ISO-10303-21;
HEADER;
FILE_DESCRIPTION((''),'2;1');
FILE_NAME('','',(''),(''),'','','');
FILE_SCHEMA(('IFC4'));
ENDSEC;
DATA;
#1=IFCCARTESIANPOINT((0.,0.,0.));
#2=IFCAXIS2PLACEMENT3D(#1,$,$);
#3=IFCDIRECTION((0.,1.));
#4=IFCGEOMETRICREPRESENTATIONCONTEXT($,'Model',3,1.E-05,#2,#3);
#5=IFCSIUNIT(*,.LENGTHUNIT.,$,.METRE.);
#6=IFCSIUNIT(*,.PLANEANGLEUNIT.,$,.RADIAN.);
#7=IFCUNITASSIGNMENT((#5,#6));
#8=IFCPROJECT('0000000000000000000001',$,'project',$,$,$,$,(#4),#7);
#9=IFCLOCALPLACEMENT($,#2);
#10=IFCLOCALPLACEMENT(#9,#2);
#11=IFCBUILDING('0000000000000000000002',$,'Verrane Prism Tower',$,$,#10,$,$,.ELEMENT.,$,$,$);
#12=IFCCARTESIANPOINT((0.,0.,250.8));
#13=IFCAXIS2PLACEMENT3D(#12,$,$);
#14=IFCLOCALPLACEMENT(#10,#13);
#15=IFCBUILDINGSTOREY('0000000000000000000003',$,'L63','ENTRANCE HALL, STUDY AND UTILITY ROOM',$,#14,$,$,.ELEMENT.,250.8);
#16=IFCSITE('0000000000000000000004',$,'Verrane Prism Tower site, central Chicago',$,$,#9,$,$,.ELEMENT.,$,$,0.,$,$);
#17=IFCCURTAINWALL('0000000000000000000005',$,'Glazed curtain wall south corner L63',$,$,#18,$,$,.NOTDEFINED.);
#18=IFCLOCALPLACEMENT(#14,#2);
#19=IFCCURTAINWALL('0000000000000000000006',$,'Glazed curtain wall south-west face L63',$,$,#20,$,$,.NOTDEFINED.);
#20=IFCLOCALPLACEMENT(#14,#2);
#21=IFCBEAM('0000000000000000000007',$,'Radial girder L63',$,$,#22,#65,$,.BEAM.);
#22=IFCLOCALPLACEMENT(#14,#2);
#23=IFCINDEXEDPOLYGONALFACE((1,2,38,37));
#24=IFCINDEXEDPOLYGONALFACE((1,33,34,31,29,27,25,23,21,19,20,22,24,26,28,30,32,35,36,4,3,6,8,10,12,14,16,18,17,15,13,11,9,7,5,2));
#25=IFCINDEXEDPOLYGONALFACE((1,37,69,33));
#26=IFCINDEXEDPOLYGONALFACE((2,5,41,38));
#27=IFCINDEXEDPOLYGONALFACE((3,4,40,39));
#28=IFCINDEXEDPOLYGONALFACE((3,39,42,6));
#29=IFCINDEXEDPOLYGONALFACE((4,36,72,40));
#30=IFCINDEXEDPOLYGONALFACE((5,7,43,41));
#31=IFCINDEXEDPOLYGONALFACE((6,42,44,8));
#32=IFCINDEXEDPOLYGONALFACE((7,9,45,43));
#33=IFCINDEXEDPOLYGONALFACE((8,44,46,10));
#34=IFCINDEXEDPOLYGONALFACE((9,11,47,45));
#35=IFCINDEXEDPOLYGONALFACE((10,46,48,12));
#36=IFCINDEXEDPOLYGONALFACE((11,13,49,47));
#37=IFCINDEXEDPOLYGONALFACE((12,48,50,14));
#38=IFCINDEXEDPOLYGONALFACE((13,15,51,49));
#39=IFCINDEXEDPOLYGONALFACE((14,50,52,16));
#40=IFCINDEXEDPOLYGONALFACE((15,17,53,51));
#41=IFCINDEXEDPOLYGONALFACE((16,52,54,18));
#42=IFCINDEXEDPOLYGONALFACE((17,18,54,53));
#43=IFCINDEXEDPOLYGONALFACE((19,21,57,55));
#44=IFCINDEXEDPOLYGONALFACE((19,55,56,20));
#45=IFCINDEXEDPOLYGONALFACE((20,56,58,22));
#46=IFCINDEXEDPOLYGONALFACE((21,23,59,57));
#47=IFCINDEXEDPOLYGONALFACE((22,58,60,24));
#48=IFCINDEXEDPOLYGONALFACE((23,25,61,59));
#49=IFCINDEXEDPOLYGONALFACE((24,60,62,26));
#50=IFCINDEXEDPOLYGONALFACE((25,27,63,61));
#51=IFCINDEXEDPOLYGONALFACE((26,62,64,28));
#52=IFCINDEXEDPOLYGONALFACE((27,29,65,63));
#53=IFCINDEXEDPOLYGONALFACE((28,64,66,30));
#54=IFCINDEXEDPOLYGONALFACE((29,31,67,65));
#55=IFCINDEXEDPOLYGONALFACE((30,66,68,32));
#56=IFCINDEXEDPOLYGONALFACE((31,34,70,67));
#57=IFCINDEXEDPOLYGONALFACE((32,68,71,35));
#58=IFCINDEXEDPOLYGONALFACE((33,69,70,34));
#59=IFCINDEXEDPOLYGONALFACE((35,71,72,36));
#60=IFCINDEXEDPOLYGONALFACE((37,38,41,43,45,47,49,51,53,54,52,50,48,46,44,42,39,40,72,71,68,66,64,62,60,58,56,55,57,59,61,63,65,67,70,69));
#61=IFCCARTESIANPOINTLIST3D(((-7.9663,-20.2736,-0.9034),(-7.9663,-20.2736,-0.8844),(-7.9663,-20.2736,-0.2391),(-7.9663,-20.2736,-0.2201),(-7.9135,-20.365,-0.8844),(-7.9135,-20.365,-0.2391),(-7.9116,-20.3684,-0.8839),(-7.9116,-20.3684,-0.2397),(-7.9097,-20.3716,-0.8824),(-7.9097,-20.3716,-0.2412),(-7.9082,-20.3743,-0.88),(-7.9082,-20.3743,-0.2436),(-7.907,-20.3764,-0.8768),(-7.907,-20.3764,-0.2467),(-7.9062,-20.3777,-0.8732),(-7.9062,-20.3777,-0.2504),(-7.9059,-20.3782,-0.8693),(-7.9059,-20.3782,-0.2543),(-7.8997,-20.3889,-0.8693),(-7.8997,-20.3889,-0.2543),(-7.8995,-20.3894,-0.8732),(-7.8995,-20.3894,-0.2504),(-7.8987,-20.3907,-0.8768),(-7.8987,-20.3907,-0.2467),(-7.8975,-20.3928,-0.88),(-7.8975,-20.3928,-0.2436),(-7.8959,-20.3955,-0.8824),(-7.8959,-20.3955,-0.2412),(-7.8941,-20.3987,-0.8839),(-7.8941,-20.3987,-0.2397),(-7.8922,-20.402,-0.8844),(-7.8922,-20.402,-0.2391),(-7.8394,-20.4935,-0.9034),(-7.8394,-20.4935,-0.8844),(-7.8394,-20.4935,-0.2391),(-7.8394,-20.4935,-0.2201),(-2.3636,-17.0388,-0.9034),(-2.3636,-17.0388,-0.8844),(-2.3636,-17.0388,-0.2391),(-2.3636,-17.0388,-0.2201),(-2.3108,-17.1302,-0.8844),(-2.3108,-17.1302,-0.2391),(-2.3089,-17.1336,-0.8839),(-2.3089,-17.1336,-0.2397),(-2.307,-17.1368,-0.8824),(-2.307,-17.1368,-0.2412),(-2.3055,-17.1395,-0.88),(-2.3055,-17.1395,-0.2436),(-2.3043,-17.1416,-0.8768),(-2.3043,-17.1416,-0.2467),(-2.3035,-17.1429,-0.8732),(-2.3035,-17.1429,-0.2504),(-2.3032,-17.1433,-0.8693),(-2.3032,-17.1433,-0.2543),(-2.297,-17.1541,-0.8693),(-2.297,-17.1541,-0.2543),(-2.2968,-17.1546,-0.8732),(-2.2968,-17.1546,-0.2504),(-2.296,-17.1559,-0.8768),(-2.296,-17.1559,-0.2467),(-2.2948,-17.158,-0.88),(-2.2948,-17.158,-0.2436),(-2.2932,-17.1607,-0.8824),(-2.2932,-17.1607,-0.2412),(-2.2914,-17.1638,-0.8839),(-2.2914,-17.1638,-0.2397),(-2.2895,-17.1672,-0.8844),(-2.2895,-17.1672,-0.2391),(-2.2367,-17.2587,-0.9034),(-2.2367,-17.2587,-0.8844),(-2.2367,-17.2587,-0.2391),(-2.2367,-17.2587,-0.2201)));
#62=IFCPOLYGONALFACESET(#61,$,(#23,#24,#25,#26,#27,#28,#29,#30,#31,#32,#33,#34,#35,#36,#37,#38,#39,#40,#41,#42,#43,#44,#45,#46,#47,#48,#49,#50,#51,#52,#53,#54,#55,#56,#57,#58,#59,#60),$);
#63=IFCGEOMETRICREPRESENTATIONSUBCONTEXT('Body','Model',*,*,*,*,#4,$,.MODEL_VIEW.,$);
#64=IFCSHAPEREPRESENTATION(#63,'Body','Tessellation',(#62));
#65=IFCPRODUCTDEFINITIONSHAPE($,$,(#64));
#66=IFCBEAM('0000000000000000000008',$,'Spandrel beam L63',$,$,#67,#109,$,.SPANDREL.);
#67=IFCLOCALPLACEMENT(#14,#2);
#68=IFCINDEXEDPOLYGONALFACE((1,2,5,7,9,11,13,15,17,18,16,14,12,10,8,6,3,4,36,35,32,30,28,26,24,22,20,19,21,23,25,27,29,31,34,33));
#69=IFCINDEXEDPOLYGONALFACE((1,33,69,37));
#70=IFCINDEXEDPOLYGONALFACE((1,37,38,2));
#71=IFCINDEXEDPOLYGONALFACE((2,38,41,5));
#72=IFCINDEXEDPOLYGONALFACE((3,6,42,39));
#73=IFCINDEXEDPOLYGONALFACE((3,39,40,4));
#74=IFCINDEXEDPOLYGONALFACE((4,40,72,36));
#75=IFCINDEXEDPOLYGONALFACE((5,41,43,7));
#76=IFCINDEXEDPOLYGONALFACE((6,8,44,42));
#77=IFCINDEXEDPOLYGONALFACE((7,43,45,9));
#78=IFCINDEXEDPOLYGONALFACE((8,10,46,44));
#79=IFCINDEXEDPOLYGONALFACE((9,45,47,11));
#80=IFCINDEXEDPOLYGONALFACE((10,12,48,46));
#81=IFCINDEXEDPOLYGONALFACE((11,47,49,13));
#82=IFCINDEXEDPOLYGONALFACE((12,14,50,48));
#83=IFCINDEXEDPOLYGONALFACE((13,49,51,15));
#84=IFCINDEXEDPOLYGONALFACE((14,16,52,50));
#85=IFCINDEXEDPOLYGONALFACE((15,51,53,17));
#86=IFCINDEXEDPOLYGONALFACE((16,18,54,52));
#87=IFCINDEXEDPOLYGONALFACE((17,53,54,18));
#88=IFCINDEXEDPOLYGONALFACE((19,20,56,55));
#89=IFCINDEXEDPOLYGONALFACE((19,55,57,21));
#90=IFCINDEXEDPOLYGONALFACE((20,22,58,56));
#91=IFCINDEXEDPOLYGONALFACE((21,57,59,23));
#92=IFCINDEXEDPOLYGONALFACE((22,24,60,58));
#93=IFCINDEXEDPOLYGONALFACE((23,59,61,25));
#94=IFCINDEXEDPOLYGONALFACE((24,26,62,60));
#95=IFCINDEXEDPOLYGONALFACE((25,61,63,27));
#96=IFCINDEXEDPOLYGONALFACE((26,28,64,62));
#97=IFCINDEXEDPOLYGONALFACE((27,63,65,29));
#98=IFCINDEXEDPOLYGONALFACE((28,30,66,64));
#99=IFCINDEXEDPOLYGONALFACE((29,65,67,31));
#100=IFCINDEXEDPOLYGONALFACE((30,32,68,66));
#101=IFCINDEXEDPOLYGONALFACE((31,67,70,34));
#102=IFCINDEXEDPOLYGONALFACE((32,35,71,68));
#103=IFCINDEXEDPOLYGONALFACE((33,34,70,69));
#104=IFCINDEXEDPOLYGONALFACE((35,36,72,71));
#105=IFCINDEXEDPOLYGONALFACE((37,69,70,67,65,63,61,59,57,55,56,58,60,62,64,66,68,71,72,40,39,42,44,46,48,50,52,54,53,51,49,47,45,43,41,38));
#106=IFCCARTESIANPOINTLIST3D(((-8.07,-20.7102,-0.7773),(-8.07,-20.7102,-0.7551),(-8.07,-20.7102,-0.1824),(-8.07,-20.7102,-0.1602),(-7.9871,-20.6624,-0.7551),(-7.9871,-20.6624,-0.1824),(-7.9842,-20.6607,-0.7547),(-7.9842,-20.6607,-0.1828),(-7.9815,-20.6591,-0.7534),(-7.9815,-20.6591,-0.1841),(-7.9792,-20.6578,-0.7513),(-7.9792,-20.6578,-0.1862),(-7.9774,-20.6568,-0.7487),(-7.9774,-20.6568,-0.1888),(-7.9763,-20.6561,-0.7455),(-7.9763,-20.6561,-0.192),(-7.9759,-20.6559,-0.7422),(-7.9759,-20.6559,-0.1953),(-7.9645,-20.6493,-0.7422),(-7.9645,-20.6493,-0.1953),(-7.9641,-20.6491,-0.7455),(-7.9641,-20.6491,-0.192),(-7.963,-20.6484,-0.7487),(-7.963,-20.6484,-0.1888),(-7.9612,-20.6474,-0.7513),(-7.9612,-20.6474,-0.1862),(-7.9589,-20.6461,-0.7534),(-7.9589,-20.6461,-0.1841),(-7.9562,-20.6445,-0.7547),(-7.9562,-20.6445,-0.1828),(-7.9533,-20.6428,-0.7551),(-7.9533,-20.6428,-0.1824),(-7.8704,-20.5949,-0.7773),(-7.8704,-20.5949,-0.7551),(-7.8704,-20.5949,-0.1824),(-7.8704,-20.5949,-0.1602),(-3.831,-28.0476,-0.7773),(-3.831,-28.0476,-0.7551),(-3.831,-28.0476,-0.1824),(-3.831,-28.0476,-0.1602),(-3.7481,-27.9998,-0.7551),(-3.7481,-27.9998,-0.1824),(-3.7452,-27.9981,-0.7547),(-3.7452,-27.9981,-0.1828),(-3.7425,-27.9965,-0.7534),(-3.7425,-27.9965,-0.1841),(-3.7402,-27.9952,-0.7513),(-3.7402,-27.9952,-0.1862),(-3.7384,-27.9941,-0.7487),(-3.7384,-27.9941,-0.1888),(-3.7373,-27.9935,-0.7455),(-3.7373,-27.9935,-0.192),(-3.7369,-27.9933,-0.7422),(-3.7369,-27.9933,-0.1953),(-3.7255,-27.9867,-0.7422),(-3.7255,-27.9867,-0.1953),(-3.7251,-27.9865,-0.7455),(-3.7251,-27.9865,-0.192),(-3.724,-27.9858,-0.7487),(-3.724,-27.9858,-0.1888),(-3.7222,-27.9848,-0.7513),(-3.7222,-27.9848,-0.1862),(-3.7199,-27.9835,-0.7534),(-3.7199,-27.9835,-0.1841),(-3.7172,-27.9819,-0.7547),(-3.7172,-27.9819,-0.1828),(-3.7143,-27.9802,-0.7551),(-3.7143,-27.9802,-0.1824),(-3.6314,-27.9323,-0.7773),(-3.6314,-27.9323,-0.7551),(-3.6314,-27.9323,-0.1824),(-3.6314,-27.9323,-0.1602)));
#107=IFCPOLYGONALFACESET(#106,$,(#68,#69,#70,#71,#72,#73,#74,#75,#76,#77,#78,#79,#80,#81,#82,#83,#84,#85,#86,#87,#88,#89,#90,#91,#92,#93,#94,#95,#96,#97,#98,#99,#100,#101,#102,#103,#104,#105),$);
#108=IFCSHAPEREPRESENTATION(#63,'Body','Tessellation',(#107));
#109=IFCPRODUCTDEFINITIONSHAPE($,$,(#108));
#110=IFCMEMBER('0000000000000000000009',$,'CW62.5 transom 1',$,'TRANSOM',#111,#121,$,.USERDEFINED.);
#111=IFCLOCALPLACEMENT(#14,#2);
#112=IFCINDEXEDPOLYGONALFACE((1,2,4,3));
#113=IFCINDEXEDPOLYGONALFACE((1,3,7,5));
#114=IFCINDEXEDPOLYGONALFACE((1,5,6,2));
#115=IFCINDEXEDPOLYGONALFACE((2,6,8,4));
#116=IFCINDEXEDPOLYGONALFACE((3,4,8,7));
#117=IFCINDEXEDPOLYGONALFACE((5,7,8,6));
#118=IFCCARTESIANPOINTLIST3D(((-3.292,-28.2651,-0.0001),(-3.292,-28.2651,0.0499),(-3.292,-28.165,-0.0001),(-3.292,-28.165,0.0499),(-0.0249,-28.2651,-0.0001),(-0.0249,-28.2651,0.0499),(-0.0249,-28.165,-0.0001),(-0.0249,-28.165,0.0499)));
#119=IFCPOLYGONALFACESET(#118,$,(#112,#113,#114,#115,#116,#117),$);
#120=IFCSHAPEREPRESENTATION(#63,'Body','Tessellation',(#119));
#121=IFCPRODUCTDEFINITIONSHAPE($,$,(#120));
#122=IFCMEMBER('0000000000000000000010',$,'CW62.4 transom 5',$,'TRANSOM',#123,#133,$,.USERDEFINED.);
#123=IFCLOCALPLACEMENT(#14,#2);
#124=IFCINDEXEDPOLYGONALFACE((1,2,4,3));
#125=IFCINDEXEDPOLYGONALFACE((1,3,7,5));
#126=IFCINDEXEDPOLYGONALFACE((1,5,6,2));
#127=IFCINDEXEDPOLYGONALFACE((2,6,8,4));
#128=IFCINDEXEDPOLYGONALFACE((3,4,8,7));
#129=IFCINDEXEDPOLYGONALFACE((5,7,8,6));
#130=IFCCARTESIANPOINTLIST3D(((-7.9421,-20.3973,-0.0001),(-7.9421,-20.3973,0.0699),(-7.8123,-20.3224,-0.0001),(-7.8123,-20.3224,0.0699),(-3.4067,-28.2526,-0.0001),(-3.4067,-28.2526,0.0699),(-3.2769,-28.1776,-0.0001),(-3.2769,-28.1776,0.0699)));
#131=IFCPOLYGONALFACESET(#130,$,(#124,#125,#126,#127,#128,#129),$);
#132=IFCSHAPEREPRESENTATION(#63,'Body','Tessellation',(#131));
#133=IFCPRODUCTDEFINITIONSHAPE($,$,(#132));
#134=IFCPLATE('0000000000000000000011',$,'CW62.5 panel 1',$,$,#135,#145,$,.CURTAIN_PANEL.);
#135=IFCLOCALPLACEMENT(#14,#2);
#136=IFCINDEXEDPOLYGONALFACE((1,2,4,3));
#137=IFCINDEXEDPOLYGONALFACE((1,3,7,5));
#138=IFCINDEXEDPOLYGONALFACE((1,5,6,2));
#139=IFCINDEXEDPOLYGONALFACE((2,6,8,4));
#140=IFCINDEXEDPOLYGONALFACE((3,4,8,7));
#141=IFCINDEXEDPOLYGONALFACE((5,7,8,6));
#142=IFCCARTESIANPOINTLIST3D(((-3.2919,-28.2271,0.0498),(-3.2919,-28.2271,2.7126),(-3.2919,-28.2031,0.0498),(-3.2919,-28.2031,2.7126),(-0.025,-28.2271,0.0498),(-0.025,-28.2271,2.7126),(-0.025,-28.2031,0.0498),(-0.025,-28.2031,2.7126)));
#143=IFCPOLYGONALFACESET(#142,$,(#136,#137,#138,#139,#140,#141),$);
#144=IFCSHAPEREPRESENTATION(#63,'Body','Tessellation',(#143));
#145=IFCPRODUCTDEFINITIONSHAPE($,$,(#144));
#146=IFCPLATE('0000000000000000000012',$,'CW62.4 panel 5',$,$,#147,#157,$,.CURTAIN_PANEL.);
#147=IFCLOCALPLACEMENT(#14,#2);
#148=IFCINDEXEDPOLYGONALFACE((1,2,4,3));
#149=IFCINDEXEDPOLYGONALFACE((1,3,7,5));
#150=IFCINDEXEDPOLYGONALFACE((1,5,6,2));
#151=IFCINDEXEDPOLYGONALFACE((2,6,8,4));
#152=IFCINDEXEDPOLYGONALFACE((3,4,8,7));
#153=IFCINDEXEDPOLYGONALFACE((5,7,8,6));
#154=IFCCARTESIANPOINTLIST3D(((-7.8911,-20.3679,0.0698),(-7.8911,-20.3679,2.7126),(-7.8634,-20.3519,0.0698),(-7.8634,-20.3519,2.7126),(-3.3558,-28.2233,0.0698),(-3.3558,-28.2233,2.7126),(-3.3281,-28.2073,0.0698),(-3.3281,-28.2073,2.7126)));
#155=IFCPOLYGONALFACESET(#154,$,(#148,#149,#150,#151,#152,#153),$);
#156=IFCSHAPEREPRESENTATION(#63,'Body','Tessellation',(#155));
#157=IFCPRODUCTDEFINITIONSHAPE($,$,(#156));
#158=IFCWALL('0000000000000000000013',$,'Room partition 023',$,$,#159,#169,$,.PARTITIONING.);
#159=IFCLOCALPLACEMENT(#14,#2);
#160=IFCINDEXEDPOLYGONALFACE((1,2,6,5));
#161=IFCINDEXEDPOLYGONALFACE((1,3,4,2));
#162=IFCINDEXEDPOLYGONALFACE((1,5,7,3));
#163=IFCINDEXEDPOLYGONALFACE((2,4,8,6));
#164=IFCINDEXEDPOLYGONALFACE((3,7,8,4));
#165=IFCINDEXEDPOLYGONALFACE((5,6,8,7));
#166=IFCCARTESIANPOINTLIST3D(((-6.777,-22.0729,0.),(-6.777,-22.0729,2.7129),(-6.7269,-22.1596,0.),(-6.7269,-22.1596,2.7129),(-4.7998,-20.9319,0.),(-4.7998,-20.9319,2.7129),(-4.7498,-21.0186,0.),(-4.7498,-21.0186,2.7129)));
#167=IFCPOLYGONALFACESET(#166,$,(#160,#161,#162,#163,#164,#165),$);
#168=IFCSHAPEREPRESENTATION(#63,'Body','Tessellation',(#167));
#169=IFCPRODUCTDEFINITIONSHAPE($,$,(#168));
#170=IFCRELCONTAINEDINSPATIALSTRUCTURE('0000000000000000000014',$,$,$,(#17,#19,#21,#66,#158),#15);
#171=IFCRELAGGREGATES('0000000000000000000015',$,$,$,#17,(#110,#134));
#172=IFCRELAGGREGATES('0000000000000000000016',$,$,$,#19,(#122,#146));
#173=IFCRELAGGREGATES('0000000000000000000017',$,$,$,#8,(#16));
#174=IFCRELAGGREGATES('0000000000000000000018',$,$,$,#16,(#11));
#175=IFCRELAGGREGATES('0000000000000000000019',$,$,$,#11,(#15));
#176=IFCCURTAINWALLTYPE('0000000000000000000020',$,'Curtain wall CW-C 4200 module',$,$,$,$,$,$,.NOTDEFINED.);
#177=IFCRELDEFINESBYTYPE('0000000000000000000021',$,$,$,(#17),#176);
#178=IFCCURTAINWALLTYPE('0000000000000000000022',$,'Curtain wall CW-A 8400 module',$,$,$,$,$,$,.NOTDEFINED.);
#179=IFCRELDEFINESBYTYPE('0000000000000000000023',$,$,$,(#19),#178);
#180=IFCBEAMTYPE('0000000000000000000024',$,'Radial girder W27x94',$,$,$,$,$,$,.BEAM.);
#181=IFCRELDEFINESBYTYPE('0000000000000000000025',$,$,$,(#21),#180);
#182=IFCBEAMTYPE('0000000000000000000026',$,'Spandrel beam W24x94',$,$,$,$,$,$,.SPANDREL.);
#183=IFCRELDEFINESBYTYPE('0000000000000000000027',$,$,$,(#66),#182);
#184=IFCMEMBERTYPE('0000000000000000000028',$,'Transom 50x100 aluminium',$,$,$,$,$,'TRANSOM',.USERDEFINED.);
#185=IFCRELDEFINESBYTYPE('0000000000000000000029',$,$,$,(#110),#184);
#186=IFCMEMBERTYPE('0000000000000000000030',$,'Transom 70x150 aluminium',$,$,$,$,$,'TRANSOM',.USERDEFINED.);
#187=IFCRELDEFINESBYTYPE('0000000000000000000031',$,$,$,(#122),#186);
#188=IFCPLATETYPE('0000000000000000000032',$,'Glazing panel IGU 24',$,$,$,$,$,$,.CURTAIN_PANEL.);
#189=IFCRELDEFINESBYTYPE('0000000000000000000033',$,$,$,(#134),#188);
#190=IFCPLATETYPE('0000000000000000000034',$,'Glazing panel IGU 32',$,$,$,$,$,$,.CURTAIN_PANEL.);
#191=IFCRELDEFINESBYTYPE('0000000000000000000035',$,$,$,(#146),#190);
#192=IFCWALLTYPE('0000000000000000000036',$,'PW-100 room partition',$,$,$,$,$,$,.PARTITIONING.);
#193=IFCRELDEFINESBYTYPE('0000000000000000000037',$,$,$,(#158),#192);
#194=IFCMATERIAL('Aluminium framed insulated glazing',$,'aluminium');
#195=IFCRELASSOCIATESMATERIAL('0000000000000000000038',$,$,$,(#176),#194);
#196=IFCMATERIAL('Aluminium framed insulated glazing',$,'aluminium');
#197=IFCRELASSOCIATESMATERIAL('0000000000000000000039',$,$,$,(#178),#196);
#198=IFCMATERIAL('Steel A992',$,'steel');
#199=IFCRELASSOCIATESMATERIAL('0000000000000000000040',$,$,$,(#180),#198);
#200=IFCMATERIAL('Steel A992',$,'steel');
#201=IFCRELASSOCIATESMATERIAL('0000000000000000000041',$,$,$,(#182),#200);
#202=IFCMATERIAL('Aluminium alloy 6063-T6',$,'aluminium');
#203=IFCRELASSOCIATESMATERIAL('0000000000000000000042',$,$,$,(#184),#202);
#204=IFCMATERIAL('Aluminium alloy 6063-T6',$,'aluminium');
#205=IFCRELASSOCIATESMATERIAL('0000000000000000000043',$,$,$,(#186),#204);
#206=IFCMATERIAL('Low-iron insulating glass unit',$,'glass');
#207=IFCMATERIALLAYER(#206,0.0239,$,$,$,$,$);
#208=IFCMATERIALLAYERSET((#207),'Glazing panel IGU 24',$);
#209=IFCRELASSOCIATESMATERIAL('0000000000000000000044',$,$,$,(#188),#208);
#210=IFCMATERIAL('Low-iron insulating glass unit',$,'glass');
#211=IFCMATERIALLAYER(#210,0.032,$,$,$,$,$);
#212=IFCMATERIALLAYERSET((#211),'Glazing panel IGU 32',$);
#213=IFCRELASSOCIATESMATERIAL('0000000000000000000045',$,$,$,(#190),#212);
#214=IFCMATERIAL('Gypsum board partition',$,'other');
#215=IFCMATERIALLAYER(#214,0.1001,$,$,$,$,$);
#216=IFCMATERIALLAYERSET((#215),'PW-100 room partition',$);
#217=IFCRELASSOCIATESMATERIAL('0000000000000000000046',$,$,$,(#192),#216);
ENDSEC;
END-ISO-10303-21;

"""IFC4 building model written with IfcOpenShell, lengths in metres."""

from ifc_helpers import new_model, si_unit, direction, frame, frame_2d, origin, origin_2d, place, context, subcontext, project, spatial, rectangle, i_section, extrude, material, layer, layer_set, material_profile, profile_set, type_object, element, aggregate, save


model = new_model("IFC4")

# Units and contexts
model_context = context("Model", 3, precision=1e-05, world=origin(), true_north=direction((0.0, 1.0)))
body_context = subcontext(model_context, "Body", "Model", "MODEL_VIEW")
ifc_project = project(units=[si_unit("LENGTHUNIT", "METRE"), si_unit("PLANEANGLEUNIT", "RADIAN")], contexts=[model_context])

# Site, building, storey
site_placement = place(None, origin())
site = spatial("IfcSite", under=ifc_project, at=site_placement, Name="Verrane Prism Tower site, central Chicago", CompositionType="ELEMENT", RefElevation=0.0)
building_placement = place(site_placement, origin())
building = spatial("IfcBuilding", under=site, at=building_placement, Name="Verrane Prism Tower", CompositionType="ELEMENT")
storey_placement = place(building_placement, frame((0.0, 0.0, 250.8)))
storey = spatial("IfcBuildingStorey", under=building, at=storey_placement, Name="L63", Description="ENTRANCE HALL, STUDY AND UTILITY ROOM", CompositionType="ELEMENT", Elevation=250.8)

# Curtain wall
ifc_material_1 = material(Name="Aluminium framed insulated glazing", Category="aluminium")
curtain_wall_type_1 = type_object("IfcCurtainWallType", Name="Curtain wall CW-C 4200 module", PredefinedType="NOTDEFINED", material=ifc_material_1)
curtain_wall_1_placement = place(storey_placement, origin())
curtain_wall_1 = element("IfcCurtainWall", 1, at=curtain_wall_1_placement, inside=storey, type_object=curtain_wall_type_1, Name="Glazed curtain wall south corner L63", PredefinedType="NOTDEFINED")

# Curtain wall
ifc_material_2 = material(Name="Aluminium framed insulated glazing", Category="aluminium")
curtain_wall_type_2 = type_object("IfcCurtainWallType", Name="Curtain wall CW-A 8400 module", PredefinedType="NOTDEFINED", material=ifc_material_2)
curtain_wall_2_placement = place(storey_placement, origin())
curtain_wall_2 = element("IfcCurtainWall", 2, at=curtain_wall_2_placement, inside=storey, type_object=curtain_wall_type_2, Name="Glazed curtain wall south-west face L63", PredefinedType="NOTDEFINED")

# Beams
ifc_material_3 = material(Name="Steel A992", Category="steel")
ifc_material_profile_1 = material_profile(ifc_material_3, i_section(OverallWidth=0.2539, OverallDepth=0.6833, WebThickness=0.0125, FlangeThickness=0.019, FilletRadius=0.0151, at=origin_2d()), Name="W27x94")
ifc_profile_set_1 = profile_set([ifc_material_profile_1], Name="Steel A992")
beam_type_1 = type_object("IfcBeamType", Name="Radial girder W27x94", PredefinedType="BEAM", material=ifc_profile_set_1)
beam_1_placement = place(storey_placement, frame((-7.9028, -20.3835, -0.5618), z_axis=(0.866019, 0.500011, 0.0), x_axis=(-0.500011, 0.866019, 0.0)))
element("IfcBeam", 3, at=beam_1_placement, inside=storey, type_object=beam_type_1, Name="Radial girder L63", PredefinedType="BEAM", context=body_context, shape_type="SweptSolid", body=[
    extrude(i_section(OverallWidth=0.2539, OverallDepth=0.6833, WebThickness=0.0125, FlangeThickness=0.019, FilletRadius=0.0151, at=origin_2d()), origin(), (0.0, 0.0, 1.0), 6.4695),
])
ifc_material_4 = material(Name="Steel A992", Category="steel")
ifc_material_profile_2 = material_profile(ifc_material_4, i_section(OverallWidth=0.2305, OverallDepth=0.6172, WebThickness=0.0132, FlangeThickness=0.0222, FilletRadius=0.0129, at=origin_2d()), Name="W24x94")
ifc_profile_set_2 = profile_set([ifc_material_profile_2], Name="Steel A992")
beam_type_2 = type_object("IfcBeamType", Name="Spandrel beam W24x94", PredefinedType="SPANDREL", material=ifc_profile_set_2)
beam_2_placement = place(storey_placement, frame((-7.9702, -20.6526, -0.4688), z_axis=(0.500244, -0.865884, 0.0), x_axis=(0.865884, 0.500244, 0.0)))
element("IfcBeam", 4, at=beam_2_placement, inside=storey, type_object=beam_type_2, Name="Spandrel beam L63", PredefinedType="SPANDREL", context=body_context, shape_type="SweptSolid", body=[
    extrude(i_section(OverallWidth=0.2305, OverallDepth=0.6172, WebThickness=0.0132, FlangeThickness=0.0222, FilletRadius=0.0129, at=origin_2d()), origin(), (0.0, 0.0, 1.0), 8.4739),
])

# Members
ifc_material_5 = material(Name="Aluminium alloy 6063-T6", Category="aluminium")
ifc_material_profile_3 = material_profile(ifc_material_5, rectangle(XDim=0.1001, YDim=0.05, at=origin_2d()), Name="Transom 50x100 aluminium")
ifc_profile_set_3 = profile_set([ifc_material_profile_3], Name="Aluminium alloy 6063-T6")
member_type_1 = type_object("IfcMemberType", Name="Transom 50x100 aluminium", ElementType="TRANSOM", PredefinedType="USERDEFINED", material=ifc_profile_set_3)
member_1_placement = place(storey_placement, frame((-3.292, -28.2151, 0.0249), z_axis=(1.0, 0.0, 0.0), x_axis=(0.0, 1.0, 0.0)))
member_1 = element("IfcMember", 5, at=member_1_placement, type_object=member_type_1, Name="CW62.5 transom 1", ObjectType="TRANSOM", PredefinedType="USERDEFINED", context=body_context, shape_type="SweptSolid", body=[
    extrude(rectangle(XDim=0.1001, YDim=0.05, at=origin_2d()), origin(), (0.0, 0.0, 1.0), 3.2671),
])
ifc_material_6 = material(Name="Aluminium alloy 6063-T6", Category="aluminium")
ifc_material_profile_4 = material_profile(ifc_material_6, rectangle(XDim=0.1499, YDim=0.0701, at=origin_2d()), Name="Transom 70x150 aluminium")
ifc_profile_set_4 = profile_set([ifc_material_profile_4], Name="Aluminium alloy 6063-T6")
member_type_2 = type_object("IfcMemberType", Name="Transom 70x150 aluminium", ElementType="TRANSOM", PredefinedType="USERDEFINED", material=ifc_profile_set_4)
member_2_placement = place(storey_placement, frame((-7.8772, -20.3599, 0.0349), z_axis=(0.500015, -0.866017, 0.0), x_axis=(0.866017, 0.500015, 0.0)))
member_2 = element("IfcMember", 6, at=member_2_placement, type_object=member_type_2, Name="CW62.4 transom 5", ObjectType="TRANSOM", PredefinedType="USERDEFINED", context=body_context, shape_type="SweptSolid", body=[
    extrude(rectangle(XDim=0.1499, YDim=0.0701, at=origin_2d()), origin(), (0.0, 0.0, 1.0), 9.0706),
])

# Plates
ifc_material_7 = material(Name="Low-iron insulating glass unit", Category="glass")
ifc_layer_1 = layer(ifc_material_7, 0.0239)
ifc_layer_set_1 = layer_set([ifc_layer_1], Name="Glazing panel IGU 24")
plate_type_1 = type_object("IfcPlateType", Name="Glazing panel IGU 24", PredefinedType="CURTAIN_PANEL", material=ifc_layer_set_1)
plate_1_placement = place(storey_placement, frame((-1.6584, -28.2151, 0.0498), z_axis=(0.0, 0.0, 1.0), x_axis=(1.0, 0.0, 0.0)))
plate_1 = element("IfcPlate", 7, at=plate_1_placement, type_object=plate_type_1, Name="CW62.5 panel 1", PredefinedType="CURTAIN_PANEL", context=body_context, shape_type="SweptSolid", body=[
    extrude(rectangle(XDim=3.2668, YDim=0.0239, at=origin_2d()), origin(), (0.0, 0.0, 1.0), 2.6628),
])
aggregate(curtain_wall_1, [member_1, plate_1])
ifc_material_8 = material(Name="Low-iron insulating glass unit", Category="glass")
ifc_layer_2 = layer(ifc_material_8, 0.032)
ifc_layer_set_2 = layer_set([ifc_layer_2], Name="Glazing panel IGU 32")
plate_type_2 = type_object("IfcPlateType", Name="Glazing panel IGU 32", PredefinedType="CURTAIN_PANEL", material=ifc_layer_set_2)
plate_2_placement = place(storey_placement, frame((-5.6096, -24.2876, 0.0698), z_axis=(0.0, 0.0, 1.0), x_axis=(0.5, -0.866026, 0.0)))
plate_2 = element("IfcPlate", 8, at=plate_2_placement, type_object=plate_type_2, Name="CW62.4 panel 5", PredefinedType="CURTAIN_PANEL", context=body_context, shape_type="SweptSolid", body=[
    extrude(rectangle(XDim=9.0706, YDim=0.032, at=origin_2d()), origin(), (0.0, 0.0, 1.0), 2.6428),
])
aggregate(curtain_wall_2, [member_2, plate_2])

# Wall
ifc_material_9 = material(Name="Gypsum board partition", Category="other")
ifc_layer_3 = layer(ifc_material_9, 0.1001)
ifc_layer_set_3 = layer_set([ifc_layer_3], Name="PW-100 room partition")
wall_type = type_object("IfcWallType", Name="PW-100 room partition", PredefinedType="PARTITIONING", material=ifc_layer_set_3)
wall_1_placement = place(storey_placement, frame((-6.752, -22.1162, 0.0), z_axis=(0.0, 0.0, 1.0), x_axis=(0.866136, 0.499809, 0.0)))
element("IfcWall", 9, at=wall_1_placement, inside=storey, type_object=wall_type, Name="Room partition 023", PredefinedType="PARTITIONING", context=body_context, shape_type="SweptSolid", body=[
    extrude(rectangle(XDim=2.2827, YDim=0.1001, at=frame_2d((1.1414, 0.0))), origin(), (0.0, 0.0, 1.0), 2.7129),
])

save(model, "model.ifc")
